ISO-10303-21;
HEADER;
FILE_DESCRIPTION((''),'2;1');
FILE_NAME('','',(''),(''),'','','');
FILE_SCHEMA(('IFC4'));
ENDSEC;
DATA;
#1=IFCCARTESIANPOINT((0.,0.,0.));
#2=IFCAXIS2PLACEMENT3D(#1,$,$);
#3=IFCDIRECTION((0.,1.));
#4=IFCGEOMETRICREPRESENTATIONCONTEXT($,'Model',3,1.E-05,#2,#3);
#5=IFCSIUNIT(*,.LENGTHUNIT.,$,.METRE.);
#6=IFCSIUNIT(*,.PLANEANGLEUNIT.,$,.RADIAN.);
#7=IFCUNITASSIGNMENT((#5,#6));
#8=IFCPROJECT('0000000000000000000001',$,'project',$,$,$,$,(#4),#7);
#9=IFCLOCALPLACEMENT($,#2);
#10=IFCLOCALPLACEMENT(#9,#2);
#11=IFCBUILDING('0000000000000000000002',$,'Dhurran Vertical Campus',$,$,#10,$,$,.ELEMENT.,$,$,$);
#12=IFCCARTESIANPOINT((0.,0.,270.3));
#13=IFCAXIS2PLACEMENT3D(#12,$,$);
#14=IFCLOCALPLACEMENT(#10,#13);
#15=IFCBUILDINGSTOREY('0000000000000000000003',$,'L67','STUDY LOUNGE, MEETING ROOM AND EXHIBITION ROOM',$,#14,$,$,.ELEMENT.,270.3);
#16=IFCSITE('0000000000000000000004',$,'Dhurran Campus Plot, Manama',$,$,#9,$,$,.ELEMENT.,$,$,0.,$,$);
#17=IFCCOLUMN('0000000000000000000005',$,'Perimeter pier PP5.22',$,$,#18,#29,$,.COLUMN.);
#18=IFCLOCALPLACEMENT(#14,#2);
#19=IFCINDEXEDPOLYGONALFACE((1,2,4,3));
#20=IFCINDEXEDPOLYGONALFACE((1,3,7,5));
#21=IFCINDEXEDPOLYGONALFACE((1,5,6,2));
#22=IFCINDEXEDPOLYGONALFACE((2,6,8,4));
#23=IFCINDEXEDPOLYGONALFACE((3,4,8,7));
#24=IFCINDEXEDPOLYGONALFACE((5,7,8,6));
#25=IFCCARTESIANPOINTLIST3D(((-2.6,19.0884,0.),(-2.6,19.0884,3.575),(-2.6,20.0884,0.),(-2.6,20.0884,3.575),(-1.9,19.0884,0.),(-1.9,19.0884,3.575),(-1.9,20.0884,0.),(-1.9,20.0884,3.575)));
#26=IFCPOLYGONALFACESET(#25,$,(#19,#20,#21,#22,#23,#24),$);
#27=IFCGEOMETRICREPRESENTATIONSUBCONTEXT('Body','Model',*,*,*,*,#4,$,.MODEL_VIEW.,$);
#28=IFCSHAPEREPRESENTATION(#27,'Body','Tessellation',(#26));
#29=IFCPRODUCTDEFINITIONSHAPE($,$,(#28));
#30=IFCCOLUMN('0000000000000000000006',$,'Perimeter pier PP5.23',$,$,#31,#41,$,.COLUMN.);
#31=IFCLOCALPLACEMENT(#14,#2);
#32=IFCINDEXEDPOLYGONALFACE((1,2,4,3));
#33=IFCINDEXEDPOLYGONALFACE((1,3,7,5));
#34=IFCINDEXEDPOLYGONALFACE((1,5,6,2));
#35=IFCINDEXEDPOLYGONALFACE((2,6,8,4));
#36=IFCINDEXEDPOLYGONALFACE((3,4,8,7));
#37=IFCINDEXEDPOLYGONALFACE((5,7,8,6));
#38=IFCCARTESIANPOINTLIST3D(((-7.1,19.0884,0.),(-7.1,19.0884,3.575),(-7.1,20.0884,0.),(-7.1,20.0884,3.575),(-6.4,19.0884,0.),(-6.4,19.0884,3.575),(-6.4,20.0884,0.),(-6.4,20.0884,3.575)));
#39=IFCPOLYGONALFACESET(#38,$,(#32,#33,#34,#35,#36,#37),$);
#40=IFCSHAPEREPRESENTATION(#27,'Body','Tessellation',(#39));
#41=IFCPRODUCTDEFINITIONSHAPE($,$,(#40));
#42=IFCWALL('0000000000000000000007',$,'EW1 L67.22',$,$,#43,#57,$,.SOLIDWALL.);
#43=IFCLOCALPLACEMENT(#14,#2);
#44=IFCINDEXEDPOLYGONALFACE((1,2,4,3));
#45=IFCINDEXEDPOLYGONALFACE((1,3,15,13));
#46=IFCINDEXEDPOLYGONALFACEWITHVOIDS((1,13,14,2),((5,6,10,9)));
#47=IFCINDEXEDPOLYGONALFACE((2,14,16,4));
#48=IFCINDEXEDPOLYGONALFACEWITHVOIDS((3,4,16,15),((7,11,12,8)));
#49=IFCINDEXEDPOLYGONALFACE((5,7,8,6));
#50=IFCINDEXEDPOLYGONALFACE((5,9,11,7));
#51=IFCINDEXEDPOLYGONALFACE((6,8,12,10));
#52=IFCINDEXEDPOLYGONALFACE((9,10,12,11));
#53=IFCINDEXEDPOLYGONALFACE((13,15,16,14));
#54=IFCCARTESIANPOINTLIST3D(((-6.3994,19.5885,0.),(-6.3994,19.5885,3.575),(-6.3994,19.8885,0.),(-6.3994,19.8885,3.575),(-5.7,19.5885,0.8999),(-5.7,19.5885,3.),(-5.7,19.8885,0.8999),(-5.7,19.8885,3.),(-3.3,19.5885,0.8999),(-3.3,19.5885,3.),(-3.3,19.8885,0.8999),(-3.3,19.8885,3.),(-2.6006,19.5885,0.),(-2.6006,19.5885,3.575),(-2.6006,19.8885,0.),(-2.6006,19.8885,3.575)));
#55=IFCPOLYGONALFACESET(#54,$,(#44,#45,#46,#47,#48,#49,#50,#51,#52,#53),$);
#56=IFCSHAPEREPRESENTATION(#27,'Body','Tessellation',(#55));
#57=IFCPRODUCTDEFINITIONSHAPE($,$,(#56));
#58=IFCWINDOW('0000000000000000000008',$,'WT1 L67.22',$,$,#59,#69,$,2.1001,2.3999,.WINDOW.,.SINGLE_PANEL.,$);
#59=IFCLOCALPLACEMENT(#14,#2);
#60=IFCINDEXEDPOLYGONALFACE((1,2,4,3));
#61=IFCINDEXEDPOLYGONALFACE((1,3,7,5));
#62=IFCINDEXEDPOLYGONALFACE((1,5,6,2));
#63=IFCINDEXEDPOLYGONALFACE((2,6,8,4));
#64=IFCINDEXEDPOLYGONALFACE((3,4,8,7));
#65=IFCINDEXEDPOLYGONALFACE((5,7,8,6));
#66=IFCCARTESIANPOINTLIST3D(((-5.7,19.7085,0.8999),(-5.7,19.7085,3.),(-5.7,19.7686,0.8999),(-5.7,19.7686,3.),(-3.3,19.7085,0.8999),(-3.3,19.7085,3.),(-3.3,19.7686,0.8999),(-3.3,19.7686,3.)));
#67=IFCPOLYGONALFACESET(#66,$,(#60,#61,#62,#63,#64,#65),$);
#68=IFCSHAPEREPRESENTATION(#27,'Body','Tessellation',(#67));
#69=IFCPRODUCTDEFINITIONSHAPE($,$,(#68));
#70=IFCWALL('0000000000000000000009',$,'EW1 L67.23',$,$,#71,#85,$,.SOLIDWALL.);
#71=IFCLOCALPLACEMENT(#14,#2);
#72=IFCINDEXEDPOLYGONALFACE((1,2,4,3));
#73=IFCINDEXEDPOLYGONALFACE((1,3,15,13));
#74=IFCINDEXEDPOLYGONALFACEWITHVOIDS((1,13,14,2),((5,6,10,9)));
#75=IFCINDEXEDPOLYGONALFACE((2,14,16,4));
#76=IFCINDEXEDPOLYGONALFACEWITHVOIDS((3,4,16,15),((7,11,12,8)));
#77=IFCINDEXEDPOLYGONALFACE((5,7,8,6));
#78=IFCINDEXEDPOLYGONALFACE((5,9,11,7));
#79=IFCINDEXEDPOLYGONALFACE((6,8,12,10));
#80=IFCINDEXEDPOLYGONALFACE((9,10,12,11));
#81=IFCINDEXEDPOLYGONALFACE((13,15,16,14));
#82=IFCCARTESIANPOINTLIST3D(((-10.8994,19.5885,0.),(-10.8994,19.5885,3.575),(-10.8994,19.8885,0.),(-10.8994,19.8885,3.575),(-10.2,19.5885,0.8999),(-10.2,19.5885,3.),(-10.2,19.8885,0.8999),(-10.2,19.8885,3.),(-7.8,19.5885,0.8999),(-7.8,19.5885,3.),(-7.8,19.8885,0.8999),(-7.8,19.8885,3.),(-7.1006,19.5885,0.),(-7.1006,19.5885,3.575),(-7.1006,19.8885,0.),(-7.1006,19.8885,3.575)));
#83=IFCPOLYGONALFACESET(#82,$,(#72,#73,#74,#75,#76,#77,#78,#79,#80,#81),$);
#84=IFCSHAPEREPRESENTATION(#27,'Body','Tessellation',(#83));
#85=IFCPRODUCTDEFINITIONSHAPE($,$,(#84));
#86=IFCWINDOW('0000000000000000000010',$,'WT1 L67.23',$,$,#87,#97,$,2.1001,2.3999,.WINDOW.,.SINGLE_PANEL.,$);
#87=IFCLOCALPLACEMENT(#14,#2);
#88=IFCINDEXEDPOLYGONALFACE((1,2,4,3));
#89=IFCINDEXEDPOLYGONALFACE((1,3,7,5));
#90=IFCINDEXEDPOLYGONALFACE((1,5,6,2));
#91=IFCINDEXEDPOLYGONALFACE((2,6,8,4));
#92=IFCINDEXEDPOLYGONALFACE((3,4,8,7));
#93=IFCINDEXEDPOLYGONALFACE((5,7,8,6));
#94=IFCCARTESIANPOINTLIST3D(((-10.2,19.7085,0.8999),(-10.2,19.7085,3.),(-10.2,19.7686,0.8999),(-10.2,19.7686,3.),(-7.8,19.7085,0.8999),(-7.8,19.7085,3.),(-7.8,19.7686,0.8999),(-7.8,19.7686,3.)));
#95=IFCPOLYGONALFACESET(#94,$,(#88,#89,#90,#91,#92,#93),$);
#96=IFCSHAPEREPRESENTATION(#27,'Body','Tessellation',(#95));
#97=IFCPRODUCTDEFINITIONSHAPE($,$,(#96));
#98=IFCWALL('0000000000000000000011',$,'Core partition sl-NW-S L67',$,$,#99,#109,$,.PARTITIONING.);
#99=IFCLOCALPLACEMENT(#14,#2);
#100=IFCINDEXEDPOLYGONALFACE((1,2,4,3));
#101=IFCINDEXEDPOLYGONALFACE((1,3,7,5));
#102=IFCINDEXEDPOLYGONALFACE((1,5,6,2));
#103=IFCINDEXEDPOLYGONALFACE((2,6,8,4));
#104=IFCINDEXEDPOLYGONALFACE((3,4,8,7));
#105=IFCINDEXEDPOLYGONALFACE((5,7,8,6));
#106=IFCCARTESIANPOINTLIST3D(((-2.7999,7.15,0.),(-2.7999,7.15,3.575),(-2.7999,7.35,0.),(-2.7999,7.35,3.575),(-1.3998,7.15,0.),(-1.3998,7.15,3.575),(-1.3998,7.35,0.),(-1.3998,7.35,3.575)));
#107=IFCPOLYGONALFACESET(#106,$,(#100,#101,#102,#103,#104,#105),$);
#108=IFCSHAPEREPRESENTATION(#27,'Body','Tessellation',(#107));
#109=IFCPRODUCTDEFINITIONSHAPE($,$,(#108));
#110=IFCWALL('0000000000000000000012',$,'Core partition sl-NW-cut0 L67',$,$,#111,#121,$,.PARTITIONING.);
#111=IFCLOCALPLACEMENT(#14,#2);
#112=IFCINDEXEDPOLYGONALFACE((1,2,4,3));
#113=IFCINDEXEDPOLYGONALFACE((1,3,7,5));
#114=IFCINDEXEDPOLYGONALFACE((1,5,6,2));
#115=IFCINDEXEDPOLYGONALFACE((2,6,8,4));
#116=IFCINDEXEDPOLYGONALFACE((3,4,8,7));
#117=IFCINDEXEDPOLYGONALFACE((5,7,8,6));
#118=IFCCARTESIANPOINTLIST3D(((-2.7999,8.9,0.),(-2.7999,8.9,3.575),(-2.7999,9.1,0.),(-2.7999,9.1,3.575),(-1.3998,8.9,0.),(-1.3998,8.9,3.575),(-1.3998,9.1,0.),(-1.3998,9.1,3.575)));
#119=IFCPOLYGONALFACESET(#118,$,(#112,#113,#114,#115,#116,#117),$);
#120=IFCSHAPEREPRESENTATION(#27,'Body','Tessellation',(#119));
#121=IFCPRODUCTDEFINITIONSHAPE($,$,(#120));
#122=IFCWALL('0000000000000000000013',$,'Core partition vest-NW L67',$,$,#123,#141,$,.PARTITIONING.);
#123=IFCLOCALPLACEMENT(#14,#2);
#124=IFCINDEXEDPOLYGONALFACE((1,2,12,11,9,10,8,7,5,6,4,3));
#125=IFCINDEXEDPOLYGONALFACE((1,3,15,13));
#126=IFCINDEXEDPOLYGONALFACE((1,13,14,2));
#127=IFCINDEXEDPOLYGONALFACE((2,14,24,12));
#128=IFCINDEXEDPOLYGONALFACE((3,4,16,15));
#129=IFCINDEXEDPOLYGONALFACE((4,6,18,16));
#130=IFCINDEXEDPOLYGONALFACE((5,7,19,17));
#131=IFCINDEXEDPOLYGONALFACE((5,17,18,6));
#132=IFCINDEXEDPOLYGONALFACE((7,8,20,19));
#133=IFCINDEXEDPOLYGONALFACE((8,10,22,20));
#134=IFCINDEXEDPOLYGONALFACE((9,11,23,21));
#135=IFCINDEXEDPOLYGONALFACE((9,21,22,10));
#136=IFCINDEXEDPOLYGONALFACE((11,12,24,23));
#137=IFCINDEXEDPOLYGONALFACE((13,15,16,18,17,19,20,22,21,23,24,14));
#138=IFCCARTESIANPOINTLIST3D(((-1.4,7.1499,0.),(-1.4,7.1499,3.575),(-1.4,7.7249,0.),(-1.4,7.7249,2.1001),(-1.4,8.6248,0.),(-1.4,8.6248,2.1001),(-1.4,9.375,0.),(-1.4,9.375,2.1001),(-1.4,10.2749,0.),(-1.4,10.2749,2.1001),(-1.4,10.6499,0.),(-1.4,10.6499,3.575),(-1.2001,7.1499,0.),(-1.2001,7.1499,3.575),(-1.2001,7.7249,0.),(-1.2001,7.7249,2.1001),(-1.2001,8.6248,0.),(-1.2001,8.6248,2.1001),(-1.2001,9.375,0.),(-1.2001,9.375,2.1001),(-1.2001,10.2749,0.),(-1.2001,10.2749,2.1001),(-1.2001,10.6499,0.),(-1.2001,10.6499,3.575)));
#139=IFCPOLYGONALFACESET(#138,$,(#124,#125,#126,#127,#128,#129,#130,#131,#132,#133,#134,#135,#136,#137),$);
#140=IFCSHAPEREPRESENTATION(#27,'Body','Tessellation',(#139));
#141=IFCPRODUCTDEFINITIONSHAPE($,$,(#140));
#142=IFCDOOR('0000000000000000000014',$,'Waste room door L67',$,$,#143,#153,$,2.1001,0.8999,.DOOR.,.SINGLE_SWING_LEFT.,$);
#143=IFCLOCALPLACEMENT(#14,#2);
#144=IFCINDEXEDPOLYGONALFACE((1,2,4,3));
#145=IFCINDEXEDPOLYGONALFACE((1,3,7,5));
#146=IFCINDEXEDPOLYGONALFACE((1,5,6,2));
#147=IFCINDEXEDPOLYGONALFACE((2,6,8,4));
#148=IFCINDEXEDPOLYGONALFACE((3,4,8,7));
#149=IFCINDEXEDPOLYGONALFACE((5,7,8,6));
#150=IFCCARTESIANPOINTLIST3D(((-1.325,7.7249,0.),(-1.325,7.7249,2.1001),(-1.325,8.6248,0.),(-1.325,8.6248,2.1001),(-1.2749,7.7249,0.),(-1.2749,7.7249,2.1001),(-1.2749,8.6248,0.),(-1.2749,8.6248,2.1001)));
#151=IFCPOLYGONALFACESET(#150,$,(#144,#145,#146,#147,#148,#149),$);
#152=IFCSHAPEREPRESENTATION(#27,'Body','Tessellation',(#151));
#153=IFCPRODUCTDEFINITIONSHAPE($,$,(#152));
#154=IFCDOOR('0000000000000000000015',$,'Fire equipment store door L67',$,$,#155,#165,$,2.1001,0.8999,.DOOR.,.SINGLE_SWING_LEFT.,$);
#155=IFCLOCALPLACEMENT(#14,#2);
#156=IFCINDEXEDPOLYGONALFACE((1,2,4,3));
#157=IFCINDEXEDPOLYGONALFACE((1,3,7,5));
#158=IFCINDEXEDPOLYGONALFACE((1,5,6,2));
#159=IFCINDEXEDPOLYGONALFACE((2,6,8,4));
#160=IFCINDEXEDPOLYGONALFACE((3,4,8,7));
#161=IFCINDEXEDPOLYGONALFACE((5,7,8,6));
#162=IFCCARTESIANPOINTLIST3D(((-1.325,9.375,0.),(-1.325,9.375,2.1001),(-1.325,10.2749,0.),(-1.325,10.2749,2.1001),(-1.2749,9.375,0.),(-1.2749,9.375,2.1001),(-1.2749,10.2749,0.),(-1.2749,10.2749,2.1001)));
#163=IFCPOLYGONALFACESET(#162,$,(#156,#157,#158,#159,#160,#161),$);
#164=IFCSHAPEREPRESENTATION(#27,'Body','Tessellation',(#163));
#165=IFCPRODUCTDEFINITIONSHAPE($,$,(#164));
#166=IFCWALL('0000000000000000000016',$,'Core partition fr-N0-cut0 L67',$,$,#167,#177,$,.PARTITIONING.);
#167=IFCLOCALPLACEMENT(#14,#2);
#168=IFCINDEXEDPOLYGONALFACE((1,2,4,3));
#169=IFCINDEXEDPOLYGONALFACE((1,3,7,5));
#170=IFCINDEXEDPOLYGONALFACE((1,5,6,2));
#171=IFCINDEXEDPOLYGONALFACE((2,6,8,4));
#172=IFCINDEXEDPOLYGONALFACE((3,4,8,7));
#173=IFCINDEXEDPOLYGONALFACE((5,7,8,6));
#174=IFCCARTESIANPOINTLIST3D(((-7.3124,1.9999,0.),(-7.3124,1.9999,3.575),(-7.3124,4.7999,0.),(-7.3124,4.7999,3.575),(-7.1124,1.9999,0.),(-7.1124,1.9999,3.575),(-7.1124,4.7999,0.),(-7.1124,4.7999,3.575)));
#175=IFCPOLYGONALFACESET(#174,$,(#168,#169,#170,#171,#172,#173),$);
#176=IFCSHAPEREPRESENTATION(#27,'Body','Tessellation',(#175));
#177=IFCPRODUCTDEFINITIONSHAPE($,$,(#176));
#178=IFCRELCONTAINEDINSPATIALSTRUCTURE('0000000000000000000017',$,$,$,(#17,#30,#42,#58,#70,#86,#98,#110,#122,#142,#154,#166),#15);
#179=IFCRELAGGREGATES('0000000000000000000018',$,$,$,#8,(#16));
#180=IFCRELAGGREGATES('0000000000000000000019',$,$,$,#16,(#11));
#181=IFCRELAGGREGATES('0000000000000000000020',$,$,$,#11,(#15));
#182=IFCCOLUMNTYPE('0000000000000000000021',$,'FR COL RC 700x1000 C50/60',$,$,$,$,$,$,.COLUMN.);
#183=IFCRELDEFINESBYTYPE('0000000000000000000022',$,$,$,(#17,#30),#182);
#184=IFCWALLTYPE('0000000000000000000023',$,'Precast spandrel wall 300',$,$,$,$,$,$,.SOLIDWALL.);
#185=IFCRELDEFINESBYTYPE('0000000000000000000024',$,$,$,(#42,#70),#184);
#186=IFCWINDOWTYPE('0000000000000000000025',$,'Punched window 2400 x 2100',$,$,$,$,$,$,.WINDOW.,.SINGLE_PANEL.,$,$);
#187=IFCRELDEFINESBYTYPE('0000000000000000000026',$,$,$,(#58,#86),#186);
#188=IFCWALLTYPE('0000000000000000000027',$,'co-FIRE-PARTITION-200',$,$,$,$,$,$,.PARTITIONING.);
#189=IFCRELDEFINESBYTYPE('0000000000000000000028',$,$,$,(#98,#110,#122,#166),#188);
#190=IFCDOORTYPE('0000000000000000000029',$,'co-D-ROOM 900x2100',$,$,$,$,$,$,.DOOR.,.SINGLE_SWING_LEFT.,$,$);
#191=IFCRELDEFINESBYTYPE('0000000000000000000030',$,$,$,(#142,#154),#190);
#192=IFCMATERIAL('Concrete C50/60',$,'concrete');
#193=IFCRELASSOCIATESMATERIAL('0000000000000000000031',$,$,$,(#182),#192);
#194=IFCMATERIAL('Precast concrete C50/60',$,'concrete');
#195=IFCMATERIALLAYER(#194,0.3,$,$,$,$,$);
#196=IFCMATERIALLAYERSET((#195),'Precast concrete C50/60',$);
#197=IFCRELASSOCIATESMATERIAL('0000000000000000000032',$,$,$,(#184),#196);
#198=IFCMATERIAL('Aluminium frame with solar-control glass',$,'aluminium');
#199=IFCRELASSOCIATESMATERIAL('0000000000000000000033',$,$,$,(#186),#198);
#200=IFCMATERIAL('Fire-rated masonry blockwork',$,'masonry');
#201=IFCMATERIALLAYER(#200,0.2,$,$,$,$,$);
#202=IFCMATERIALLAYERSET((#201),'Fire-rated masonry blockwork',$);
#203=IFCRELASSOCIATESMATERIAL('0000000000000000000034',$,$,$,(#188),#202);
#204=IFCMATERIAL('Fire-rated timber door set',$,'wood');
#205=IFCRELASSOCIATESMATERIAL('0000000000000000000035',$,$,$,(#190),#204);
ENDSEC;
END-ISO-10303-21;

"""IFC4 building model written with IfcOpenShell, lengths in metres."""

from ifc_helpers import new_model, si_unit, direction, frame, frame_2d, origin, origin_2d, place, context, subcontext, project, spatial, rectangle, extrude, material, layer, layer_set, material_profile, profile_set, type_object, element, fill, save


model = new_model("IFC4")

# Units and contexts
model_context = context("Model", 3, precision=1e-05, world=origin(), true_north=direction((0.0, 1.0)))
body_context = subcontext(model_context, "Body", "Model", "MODEL_VIEW")
ifc_project = project(units=[si_unit("LENGTHUNIT", "METRE"), si_unit("PLANEANGLEUNIT", "RADIAN")], contexts=[model_context])

# Site, building, storey
site_placement = place(None, origin())
site = spatial("IfcSite", under=ifc_project, at=site_placement, Name="Dhurran Campus Plot, Manama", CompositionType="ELEMENT", RefElevation=0.0)
building_placement = place(site_placement, origin())
building = spatial("IfcBuilding", under=site, at=building_placement, Name="Dhurran Vertical Campus", CompositionType="ELEMENT")
storey_placement = place(building_placement, frame((0.0, 0.0, 270.3)))
storey = spatial("IfcBuildingStorey", under=building, at=storey_placement, Name="L67", Description="STUDY LOUNGE, MEETING ROOM AND EXHIBITION ROOM", CompositionType="ELEMENT", Elevation=270.3)

# Columns
ifc_material_1 = material(Name="Concrete C50/60", Category="concrete")
ifc_material_profile = material_profile(ifc_material_1, rectangle(XDim=0.7, YDim=1.0, at=origin_2d()), Name="RC 700x1000")
ifc_profile_set = profile_set([ifc_material_profile], Name="Concrete C50/60")
column_type = type_object("IfcColumnType", Name="FR COL RC 700x1000 C50/60", PredefinedType="COLUMN", material=ifc_profile_set)
for number, where, z_axis, x_axis, name in (
    (1, (-2.25, 19.5884, 0.0), (0.0, 0.0, 1.0), (-1.0, 0.0, 0.0), "Perimeter pier PP5.22"),
    (2, (-6.75, 19.5884, 0.0), (0.0, 0.0, 1.0), (-1.0, 0.0, 0.0), "Perimeter pier PP5.23"),
):
    element("IfcColumn", number, at=place(storey_placement, frame(where, z_axis=z_axis, x_axis=x_axis)), inside=storey, type_object=column_type, Name=name, PredefinedType="COLUMN", context=body_context, shape_type="SweptSolid", body=[
        extrude(rectangle(XDim=0.7, YDim=1.0, at=origin_2d()), origin(), (0.0, 0.0, 1.0), 3.575),
    ])

# Walls, openings, windows
ifc_material_2 = material(Name="Precast concrete C50/60", Category="concrete")
ifc_layer_1 = layer(ifc_material_2, 0.3)
ifc_layer_set_1 = layer_set([ifc_layer_1], Name="Precast concrete C50/60")
wall_type_1 = type_object("IfcWallType", Name="Precast spandrel wall 300", PredefinedType="SOLIDWALL", material=ifc_layer_set_1)
wall_1_placement = place(storey_placement, frame((-2.6006, 19.7385, 0.0), z_axis=(0.0, 0.0, 1.0), x_axis=(-1.0, 0.0, 0.0)))
wall_1 = element("IfcWall", 3, at=wall_1_placement, inside=storey, type_object=wall_type_1, Name="EW1 L67.22", PredefinedType="SOLIDWALL", context=body_context, shape_type="SweptSolid", body=[
    extrude(rectangle(XDim=3.7988, YDim=0.3, at=frame_2d((1.8994, 0.0))), origin(), (0.0, 0.0, 1.0), 3.575),
])
opening_1_placement = place(wall_1_placement, frame((0.6995, 0.0, 0.8999)))
opening_1 = element("IfcOpeningElement", 4, at=opening_1_placement, cuts=wall_1, PredefinedType="OPENING", context=body_context, shape_type="SweptSolid", body=[
    extrude(rectangle(XDim=2.3999, YDim=2.1001, at=frame_2d((1.2, 1.05))), frame((0.0, 0.1599, 0.0), z_axis=(0.0, -1.0, 0.0), x_axis=(1.0, 0.0, 0.0)), (0.0, 0.0, 1.0), 0.3201),
])
ifc_material_3 = material(Name="Aluminium frame with solar-control glass", Category="aluminium")
window_type = type_object("IfcWindowType", Name="Punched window 2400 x 2100", PartitioningType="SINGLE_PANEL", PredefinedType="WINDOW", material=ifc_material_3)
window_1_placement = place(opening_1_placement, origin())
window_1 = element("IfcWindow", 5, at=window_1_placement, inside=storey, type_object=window_type, Name="WT1 L67.22", OverallHeight=2.1001, OverallWidth=2.3999, PartitioningType="SINGLE_PANEL", PredefinedType="WINDOW", context=body_context, shape_type="SweptSolid", body=[
    extrude(rectangle(XDim=2.3999, YDim=2.1001, at=frame_2d((1.2, 1.05))), frame((0.0, 0.03, 0.0), z_axis=(0.0, -1.0, 0.0), x_axis=(1.0, 0.0, 0.0)), (0.0, 0.0, 1.0), 0.0601),
])
fill(opening_1, window_1)
wall_2_placement = place(storey_placement, frame((-7.1006, 19.7385, 0.0), z_axis=(0.0, 0.0, 1.0), x_axis=(-1.0, 0.0, 0.0)))
wall_2 = element("IfcWall", 6, at=wall_2_placement, inside=storey, type_object=wall_type_1, Name="EW1 L67.23", PredefinedType="SOLIDWALL", context=body_context, shape_type="SweptSolid", body=[
    extrude(rectangle(XDim=3.7988, YDim=0.3, at=frame_2d((1.8994, 0.0))), origin(), (0.0, 0.0, 1.0), 3.575),
])
opening_2_placement = place(wall_2_placement, frame((0.6995, 0.0, 0.8999)))
opening_2 = element("IfcOpeningElement", 7, at=opening_2_placement, cuts=wall_2, PredefinedType="OPENING", context=body_context, shape_type="SweptSolid", body=[
    extrude(rectangle(XDim=2.3999, YDim=2.1001, at=frame_2d((1.2, 1.05))), frame((0.0, 0.1599, 0.0), z_axis=(0.0, -1.0, 0.0), x_axis=(1.0, 0.0, 0.0)), (0.0, 0.0, 1.0), 0.3201),
])
window_2_placement = place(opening_2_placement, origin())
window_2 = element("IfcWindow", 8, at=window_2_placement, inside=storey, type_object=window_type, Name="WT1 L67.23", OverallHeight=2.1001, OverallWidth=2.3999, PartitioningType="SINGLE_PANEL", PredefinedType="WINDOW", context=body_context, shape_type="SweptSolid", body=[
    extrude(rectangle(XDim=2.3999, YDim=2.1001, at=frame_2d((1.2, 1.05))), frame((0.0, 0.03, 0.0), z_axis=(0.0, -1.0, 0.0), x_axis=(1.0, 0.0, 0.0)), (0.0, 0.0, 1.0), 0.0601),
])
fill(opening_2, window_2)

# Walls
ifc_material_4 = material(Name="Fire-rated masonry blockwork", Category="masonry")
ifc_layer_2 = layer(ifc_material_4, 0.2)
ifc_layer_set_2 = layer_set([ifc_layer_2], Name="Fire-rated masonry blockwork")
wall_type_2 = type_object("IfcWallType", Name="co-FIRE-PARTITION-200", PredefinedType="PARTITIONING", material=ifc_layer_set_2)
for number, where, z_axis, x_axis, name in (
    (9, (-2.8, 7.25, 0.0), (0.0, 0.0, 1.0), (1.0, 0.0, 0.0), "Core partition sl-NW-S L67"),
    (10, (-2.8, 9.0, 0.0), (0.0, 0.0, 1.0), (1.0, 0.0, 0.0), "Core partition sl-NW-cut0 L67"),
):
    element("IfcWall", number, at=place(storey_placement, frame(where, z_axis=z_axis, x_axis=x_axis)), inside=storey, type_object=wall_type_2, Name=name, PredefinedType="PARTITIONING", context=body_context, shape_type="SweptSolid", body=[
        extrude(rectangle(XDim=1.4001, YDim=0.2, at=frame_2d((0.7002, 0.0))), origin(), (0.0, 0.0, 1.0), 3.575),
    ])

# Wall, openings, doors
wall_3_placement = place(storey_placement, frame((-1.3, 7.1499, 0.0), z_axis=(0.0, 0.0, 1.0), x_axis=(0.0, 1.0, 0.0)))
wall_3 = element("IfcWall", 11, at=wall_3_placement, inside=storey, type_object=wall_type_2, Name="Core partition vest-NW L67", PredefinedType="PARTITIONING", context=body_context, shape_type="SweptSolid", body=[
    extrude(rectangle(XDim=3.5, YDim=0.2, at=frame_2d((1.75, 0.0))), origin(), (0.0, 0.0, 1.0), 3.575),
])
opening_3_placement = place(wall_3_placement, frame((0.575, 0.0, 0.0)))
opening_3 = element("IfcOpeningElement", 12, at=opening_3_placement, cuts=wall_3, PredefinedType="OPENING", context=body_context, shape_type="SweptSolid", body=[
    extrude(rectangle(XDim=0.8999, YDim=2.1001, at=frame_2d((0.45, 1.05))), frame((0.0, 0.1099, 0.0), z_axis=(0.0, -1.0, 0.0), x_axis=(1.0, 0.0, 0.0)), (0.0, 0.0, 1.0), 0.22),
])
opening_4_placement = place(wall_3_placement, frame((2.2251, 0.0, 0.0)))
opening_4 = element("IfcOpeningElement", 13, at=opening_4_placement, cuts=wall_3, PredefinedType="OPENING", context=body_context, shape_type="SweptSolid", body=[
    extrude(rectangle(XDim=0.8999, YDim=2.1001, at=frame_2d((0.45, 1.05))), frame((0.0, 0.1099, 0.0), z_axis=(0.0, -1.0, 0.0), x_axis=(1.0, 0.0, 0.0)), (0.0, 0.0, 1.0), 0.22),
])
ifc_material_5 = material(Name="Fire-rated timber door set", Category="wood")
door_type_1 = type_object("IfcDoorType", Name="co-D-ROOM 900x2100", OperationType="SINGLE_SWING_LEFT", PredefinedType="DOOR", material=ifc_material_5)
door_1_placement = place(opening_3_placement, origin())
door_1 = element("IfcDoor", 14, at=door_1_placement, inside=storey, type_object=door_type_1, Name="Waste room door L67", OperationType="SINGLE_SWING_LEFT", OverallHeight=2.1001, OverallWidth=0.8999, PredefinedType="DOOR", context=body_context, shape_type="SweptSolid", body=[
    extrude(rectangle(XDim=0.8999, YDim=2.1001, at=frame_2d((0.45, 1.05))), frame((0.0, 0.0249, 0.0), z_axis=(0.0, -1.0, 0.0), x_axis=(1.0, 0.0, 0.0)), (0.0, 0.0, 1.0), 0.05),
])
fill(opening_3, door_1)
door_2_placement = place(opening_4_placement, origin())
door_2 = element("IfcDoor", 15, at=door_2_placement, inside=storey, type_object=door_type_1, Name="Fire equipment store door L67", OperationType="SINGLE_SWING_LEFT", OverallHeight=2.1001, OverallWidth=0.8999, PredefinedType="DOOR", context=body_context, shape_type="SweptSolid", body=[
    extrude(rectangle(XDim=0.8999, YDim=2.1001, at=frame_2d((0.45, 1.05))), frame((0.0, 0.0249, 0.0), z_axis=(0.0, -1.0, 0.0), x_axis=(1.0, 0.0, 0.0)), (0.0, 0.0, 1.0), 0.05),
])
fill(opening_4, door_2)

# Wall
wall_4_placement = place(storey_placement, frame((-7.2124, 2.0, 0.0), z_axis=(0.0, 0.0, 1.0), x_axis=(0.0, 1.0, 0.0)))
element("IfcWall", 16, at=wall_4_placement, inside=storey, type_object=wall_type_2, Name="Core partition fr-N0-cut0 L67", PredefinedType="PARTITIONING", context=body_context, shape_type="SweptSolid", body=[
    extrude(rectangle(XDim=2.8, YDim=0.2, at=frame_2d((1.3999, 0.0))), origin(), (0.0, 0.0, 1.0), 3.575),
])

save(model, "model.ifc")
